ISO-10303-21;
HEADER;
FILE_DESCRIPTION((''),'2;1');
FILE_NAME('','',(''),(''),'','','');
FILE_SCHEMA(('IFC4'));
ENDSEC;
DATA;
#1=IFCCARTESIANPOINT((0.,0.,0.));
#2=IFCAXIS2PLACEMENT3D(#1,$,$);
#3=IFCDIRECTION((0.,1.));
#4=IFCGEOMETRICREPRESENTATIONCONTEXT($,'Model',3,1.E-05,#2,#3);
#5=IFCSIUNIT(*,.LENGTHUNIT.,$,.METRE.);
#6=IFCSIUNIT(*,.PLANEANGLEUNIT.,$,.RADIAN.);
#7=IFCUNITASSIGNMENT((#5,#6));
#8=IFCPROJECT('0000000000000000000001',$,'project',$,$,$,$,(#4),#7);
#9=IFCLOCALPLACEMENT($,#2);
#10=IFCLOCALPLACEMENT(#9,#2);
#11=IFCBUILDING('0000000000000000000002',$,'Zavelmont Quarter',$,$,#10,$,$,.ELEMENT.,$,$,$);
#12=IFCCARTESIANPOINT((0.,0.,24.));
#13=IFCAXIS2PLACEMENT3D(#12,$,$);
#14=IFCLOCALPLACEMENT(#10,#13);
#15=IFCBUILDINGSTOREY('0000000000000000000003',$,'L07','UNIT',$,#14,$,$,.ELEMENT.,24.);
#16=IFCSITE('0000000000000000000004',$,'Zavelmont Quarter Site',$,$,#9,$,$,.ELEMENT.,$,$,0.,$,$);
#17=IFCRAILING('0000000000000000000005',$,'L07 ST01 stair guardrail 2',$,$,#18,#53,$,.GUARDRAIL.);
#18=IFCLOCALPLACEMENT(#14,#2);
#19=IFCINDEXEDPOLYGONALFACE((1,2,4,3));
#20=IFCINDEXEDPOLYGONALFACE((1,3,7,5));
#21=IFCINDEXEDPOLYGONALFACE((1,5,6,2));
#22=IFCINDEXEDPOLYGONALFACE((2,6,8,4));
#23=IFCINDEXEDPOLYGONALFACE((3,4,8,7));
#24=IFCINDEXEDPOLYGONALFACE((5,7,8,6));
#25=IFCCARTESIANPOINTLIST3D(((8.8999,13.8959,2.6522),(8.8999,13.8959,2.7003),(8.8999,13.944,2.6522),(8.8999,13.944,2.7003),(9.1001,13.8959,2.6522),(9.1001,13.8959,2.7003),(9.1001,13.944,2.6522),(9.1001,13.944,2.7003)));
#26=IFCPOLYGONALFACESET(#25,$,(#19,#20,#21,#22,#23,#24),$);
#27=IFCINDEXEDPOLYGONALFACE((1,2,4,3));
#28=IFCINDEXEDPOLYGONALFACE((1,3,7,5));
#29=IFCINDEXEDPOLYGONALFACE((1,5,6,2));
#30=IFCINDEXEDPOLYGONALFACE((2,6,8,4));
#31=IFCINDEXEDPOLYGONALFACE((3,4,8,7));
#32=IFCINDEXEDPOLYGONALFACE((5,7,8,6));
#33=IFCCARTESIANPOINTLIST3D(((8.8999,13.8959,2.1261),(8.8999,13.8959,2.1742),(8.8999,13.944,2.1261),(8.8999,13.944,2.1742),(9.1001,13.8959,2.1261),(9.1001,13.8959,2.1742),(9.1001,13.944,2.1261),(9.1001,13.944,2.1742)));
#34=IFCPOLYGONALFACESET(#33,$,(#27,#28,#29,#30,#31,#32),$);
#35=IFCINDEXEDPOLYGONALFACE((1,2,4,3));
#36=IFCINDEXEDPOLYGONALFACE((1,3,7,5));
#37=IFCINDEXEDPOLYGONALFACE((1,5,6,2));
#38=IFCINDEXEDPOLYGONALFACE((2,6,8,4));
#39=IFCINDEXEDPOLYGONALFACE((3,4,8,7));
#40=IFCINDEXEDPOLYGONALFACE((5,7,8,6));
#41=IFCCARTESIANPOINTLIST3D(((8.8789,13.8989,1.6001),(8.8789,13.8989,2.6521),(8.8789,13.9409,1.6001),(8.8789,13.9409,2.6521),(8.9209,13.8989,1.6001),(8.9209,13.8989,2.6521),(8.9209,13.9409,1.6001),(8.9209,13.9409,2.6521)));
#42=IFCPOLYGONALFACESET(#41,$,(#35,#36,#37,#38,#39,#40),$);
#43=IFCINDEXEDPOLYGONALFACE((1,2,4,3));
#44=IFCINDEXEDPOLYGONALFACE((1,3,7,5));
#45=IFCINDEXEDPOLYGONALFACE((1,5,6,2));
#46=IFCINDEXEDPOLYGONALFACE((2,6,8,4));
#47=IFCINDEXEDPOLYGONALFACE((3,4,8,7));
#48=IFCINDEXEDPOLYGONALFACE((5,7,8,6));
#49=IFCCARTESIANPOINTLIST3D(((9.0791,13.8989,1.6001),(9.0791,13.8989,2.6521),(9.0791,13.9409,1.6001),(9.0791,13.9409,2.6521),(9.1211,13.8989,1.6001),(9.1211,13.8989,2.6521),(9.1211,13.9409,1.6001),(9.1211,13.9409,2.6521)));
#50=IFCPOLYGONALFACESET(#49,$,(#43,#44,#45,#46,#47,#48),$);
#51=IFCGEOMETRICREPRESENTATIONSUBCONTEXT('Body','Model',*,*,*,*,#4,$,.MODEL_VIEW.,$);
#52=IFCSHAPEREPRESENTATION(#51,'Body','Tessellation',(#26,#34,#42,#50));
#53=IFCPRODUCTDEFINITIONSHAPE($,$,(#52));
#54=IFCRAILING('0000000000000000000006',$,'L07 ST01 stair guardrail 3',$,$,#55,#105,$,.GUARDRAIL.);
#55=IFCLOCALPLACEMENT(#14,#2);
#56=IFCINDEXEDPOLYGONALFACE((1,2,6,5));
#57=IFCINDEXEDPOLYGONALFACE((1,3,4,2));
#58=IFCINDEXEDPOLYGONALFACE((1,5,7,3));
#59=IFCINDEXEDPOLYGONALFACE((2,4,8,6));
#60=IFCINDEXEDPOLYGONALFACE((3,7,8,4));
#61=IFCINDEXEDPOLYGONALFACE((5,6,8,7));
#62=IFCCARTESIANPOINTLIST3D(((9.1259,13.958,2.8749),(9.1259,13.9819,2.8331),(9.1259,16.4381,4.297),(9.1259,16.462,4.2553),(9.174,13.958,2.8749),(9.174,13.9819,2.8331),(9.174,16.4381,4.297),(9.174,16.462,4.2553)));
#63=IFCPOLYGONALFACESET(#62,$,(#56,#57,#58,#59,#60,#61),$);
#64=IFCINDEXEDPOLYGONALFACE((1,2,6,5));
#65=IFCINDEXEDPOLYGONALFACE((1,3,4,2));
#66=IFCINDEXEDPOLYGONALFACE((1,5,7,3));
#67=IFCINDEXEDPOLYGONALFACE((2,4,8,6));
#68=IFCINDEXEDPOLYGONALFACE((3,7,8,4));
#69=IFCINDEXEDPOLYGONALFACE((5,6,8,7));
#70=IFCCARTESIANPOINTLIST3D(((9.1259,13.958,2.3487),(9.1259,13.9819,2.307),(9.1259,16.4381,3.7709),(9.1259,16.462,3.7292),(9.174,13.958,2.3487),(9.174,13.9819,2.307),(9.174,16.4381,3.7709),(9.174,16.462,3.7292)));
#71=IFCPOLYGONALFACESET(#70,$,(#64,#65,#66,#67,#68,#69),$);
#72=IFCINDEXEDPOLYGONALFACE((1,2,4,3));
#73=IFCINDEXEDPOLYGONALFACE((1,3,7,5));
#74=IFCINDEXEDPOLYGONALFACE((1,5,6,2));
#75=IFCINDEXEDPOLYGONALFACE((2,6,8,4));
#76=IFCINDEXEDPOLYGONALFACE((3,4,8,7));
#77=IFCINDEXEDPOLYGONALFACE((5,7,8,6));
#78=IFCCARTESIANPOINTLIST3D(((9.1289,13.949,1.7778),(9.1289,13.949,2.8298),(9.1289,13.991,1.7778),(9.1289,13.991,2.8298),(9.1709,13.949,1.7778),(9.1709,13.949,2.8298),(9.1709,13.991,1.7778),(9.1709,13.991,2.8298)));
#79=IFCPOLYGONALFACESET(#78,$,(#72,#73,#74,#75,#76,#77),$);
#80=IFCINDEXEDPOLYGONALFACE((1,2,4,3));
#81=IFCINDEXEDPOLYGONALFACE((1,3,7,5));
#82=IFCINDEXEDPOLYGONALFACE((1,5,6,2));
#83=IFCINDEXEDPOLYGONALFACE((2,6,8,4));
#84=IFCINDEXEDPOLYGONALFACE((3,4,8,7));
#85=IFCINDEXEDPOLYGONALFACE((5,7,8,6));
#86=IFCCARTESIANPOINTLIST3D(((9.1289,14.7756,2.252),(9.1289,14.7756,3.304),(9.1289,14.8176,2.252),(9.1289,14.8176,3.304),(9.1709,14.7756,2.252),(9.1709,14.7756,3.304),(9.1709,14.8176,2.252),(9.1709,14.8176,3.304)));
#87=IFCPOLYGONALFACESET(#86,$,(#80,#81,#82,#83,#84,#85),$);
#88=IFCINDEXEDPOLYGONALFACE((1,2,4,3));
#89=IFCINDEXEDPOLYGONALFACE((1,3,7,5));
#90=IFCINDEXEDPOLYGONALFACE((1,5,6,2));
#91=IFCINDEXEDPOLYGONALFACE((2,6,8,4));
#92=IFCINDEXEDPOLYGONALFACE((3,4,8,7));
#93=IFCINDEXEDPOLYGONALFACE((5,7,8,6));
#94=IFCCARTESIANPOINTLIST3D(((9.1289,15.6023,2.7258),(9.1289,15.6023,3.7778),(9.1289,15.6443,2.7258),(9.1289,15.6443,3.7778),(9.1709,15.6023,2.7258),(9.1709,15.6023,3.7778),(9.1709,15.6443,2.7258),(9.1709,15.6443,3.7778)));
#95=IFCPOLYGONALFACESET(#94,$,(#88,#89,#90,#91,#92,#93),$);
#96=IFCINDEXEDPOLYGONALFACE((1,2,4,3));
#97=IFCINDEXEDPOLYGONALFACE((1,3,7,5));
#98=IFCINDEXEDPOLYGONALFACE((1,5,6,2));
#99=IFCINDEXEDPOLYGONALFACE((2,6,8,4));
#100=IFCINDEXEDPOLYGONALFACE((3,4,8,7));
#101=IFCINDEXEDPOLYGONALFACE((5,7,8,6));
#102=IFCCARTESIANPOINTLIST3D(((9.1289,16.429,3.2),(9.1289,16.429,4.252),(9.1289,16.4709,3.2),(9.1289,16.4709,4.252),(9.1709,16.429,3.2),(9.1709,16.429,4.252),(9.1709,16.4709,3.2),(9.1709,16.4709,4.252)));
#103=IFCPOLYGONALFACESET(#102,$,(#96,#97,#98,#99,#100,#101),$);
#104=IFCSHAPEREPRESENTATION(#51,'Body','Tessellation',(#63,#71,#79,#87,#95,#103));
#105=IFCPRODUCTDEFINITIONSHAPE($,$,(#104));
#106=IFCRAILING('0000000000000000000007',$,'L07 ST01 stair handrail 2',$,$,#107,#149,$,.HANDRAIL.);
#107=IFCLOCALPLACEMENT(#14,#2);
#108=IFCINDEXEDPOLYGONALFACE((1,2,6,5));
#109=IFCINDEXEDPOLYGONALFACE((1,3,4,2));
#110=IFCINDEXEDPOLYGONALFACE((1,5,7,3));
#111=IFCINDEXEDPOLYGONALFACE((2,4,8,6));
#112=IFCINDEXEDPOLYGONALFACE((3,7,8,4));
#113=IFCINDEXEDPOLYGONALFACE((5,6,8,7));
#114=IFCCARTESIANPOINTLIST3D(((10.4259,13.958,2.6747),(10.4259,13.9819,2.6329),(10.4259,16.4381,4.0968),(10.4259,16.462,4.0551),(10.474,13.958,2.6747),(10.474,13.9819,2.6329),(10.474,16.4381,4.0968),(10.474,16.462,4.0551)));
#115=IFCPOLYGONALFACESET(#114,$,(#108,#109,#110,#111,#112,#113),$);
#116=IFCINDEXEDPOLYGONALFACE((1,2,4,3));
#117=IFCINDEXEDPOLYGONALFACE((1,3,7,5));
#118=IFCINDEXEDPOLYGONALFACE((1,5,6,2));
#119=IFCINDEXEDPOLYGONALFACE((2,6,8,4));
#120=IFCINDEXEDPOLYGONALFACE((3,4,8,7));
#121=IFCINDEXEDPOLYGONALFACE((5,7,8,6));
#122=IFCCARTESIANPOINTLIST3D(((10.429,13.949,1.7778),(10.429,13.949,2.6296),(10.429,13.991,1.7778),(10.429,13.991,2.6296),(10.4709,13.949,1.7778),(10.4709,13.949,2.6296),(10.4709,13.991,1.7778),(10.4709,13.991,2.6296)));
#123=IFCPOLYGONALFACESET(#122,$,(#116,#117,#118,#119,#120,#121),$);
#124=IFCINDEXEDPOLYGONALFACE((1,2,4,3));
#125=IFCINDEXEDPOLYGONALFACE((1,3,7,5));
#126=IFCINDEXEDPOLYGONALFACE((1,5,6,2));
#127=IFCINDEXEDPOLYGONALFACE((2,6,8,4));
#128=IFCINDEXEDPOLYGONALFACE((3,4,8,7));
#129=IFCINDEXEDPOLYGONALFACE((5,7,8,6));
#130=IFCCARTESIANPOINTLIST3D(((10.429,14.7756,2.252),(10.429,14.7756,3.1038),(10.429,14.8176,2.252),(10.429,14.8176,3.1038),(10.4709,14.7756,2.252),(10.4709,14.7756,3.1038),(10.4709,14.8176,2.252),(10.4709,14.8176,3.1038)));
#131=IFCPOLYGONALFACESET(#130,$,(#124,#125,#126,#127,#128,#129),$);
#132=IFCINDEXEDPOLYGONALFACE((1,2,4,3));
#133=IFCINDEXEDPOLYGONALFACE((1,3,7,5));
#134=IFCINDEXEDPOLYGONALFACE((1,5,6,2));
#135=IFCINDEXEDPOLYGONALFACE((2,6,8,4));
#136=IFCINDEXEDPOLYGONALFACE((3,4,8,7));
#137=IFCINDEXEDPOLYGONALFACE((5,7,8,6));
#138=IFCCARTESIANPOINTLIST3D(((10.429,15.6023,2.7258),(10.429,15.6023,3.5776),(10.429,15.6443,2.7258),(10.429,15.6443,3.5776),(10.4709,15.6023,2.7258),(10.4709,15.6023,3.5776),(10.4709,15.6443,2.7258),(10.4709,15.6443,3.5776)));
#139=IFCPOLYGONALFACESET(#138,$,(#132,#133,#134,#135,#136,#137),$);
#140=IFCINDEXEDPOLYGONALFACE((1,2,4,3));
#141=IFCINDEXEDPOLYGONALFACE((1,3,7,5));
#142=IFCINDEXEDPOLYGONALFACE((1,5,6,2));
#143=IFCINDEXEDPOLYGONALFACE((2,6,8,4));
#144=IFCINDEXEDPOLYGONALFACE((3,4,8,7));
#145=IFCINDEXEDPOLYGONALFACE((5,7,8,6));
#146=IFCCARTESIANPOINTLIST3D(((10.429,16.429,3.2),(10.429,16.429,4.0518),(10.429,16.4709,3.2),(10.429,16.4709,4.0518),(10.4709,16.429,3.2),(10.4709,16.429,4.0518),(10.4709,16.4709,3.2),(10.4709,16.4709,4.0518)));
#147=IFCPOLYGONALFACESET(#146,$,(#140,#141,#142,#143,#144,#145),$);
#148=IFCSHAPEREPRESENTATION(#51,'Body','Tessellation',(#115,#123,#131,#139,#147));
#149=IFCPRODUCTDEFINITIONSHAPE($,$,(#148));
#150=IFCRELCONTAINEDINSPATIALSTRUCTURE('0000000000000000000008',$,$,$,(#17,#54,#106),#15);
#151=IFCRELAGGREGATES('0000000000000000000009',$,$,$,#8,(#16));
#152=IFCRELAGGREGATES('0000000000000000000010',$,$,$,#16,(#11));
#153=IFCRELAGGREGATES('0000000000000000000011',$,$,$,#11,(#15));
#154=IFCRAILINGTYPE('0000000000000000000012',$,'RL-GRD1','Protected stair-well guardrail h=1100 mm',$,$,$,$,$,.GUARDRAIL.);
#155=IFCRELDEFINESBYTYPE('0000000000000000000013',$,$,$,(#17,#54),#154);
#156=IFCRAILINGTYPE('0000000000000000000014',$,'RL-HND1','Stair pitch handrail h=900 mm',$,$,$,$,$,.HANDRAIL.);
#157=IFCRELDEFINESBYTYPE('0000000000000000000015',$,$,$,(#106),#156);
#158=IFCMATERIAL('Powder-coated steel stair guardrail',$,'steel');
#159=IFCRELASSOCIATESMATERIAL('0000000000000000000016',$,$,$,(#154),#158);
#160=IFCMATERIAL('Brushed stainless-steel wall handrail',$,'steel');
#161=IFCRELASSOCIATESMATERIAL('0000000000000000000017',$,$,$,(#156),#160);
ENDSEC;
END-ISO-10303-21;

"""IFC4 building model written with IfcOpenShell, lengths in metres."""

from ifc_helpers import new_model, si_unit, direction, frame, origin, origin_2d, place, context, subcontext, project, spatial, rectangle, extrude, material, type_object, element, save


model = new_model("IFC4")

# Units and contexts
model_context = context("Model", 3, precision=1e-05, world=origin(), true_north=direction((0.0, 1.0)))
body_context = subcontext(model_context, "Body", "Model", "MODEL_VIEW")
ifc_project = project(units=[si_unit("LENGTHUNIT", "METRE"), si_unit("PLANEANGLEUNIT", "RADIAN")], contexts=[model_context])

# Site, building, storey
site_placement = place(None, origin())
site = spatial("IfcSite", under=ifc_project, at=site_placement, Name="Zavelmont Quarter Site", CompositionType="ELEMENT", RefElevation=0.0)
building_placement = place(site_placement, origin())
building = spatial("IfcBuilding", under=site, at=building_placement, Name="Zavelmont Quarter", CompositionType="ELEMENT")
storey_placement = place(building_placement, frame((0.0, 0.0, 24.0)))
storey = spatial("IfcBuildingStorey", under=building, at=storey_placement, Name="L07", Description="UNIT", CompositionType="ELEMENT", Elevation=24.0)

# Railings
ifc_material_1 = material(Name="Powder-coated steel stair guardrail", Category="steel")
railing_type_1 = type_object("IfcRailingType", Name="RL-GRD1", Description="Protected stair-well guardrail h=1100 mm", PredefinedType="GUARDRAIL", material=ifc_material_1)
railing_1_placement = place(storey_placement, frame((8.8999, 13.9199, 1.6001)))
element("IfcRailing", 1, at=railing_1_placement, inside=storey, type_object=railing_type_1, Name="L07 ST01 stair guardrail 2", PredefinedType="GUARDRAIL", context=body_context, shape_type="SweptSolid", body=[
    extrude(rectangle(XDim=0.0481, YDim=0.0481, at=origin_2d()), frame((0.0, 0.0, 1.0762), z_axis=(1.0, 0.0, 0.0), x_axis=(0.0, 1.0, 0.0)), (0.0, 0.0, 1.0), 0.2002),
    extrude(rectangle(XDim=0.0481, YDim=0.0481, at=origin_2d()), frame((0.0, 0.0, 0.55), z_axis=(1.0, 0.0, 0.0), x_axis=(0.0, 1.0, 0.0)), (0.0, 0.0, 1.0), 0.2002),
    extrude(rectangle(XDim=0.042, YDim=0.042, at=origin_2d()), origin(), (0.0, 0.0, 1.0), 1.052),
    extrude(rectangle(XDim=0.042, YDim=0.042, at=origin_2d()), frame((0.2002, 0.0, 0.0)), (0.0, 0.0, 1.0), 1.052),
])
railing_2_placement = place(storey_placement, frame((9.1499, 13.97, 1.7778)))
element("IfcRailing", 2, at=railing_2_placement, inside=storey, type_object=railing_type_1, Name="L07 ST01 stair guardrail 3", PredefinedType="GUARDRAIL", context=body_context, shape_type="SweptSolid", body=[
    extrude(rectangle(XDim=0.0481, YDim=0.0481, at=origin_2d()), frame((0.0, 0.0, 1.0762), z_axis=(0.0, 0.867491, 0.497454), x_axis=(-1.0, 0.0, 0.0)), (0.0, 0.0, 1.0), 2.8589),
    extrude(rectangle(XDim=0.0481, YDim=0.0481, at=origin_2d()), frame((0.0, 0.0, 0.55), z_axis=(0.0, 0.867491, 0.497454), x_axis=(-1.0, 0.0, 0.0)), (0.0, 0.0, 1.0), 2.8589),
    extrude(rectangle(XDim=0.042, YDim=0.042, at=origin_2d()), origin(), (0.0, 0.0, 1.0), 1.052),
    extrude(rectangle(XDim=0.042, YDim=0.042, at=origin_2d()), frame((0.0, 0.8267, 0.4741)), (0.0, 0.0, 1.0), 1.052),
    extrude(rectangle(XDim=0.042, YDim=0.042, at=origin_2d()), frame((0.0, 1.6533, 0.948)), (0.0, 0.0, 1.0), 1.052),
    extrude(rectangle(XDim=0.042, YDim=0.042, at=origin_2d()), frame((0.0, 2.48, 1.4221)), (0.0, 0.0, 1.0), 1.052),
])
ifc_material_2 = material(Name="Brushed stainless-steel wall handrail", Category="steel")
railing_type_2 = type_object("IfcRailingType", Name="RL-HND1", Description="Stair pitch handrail h=900 mm", PredefinedType="HANDRAIL", material=ifc_material_2)
railing_3_placement = place(storey_placement, frame((10.45, 13.97, 1.7778)))
element("IfcRailing", 3, at=railing_3_placement, inside=storey, type_object=railing_type_2, Name="L07 ST01 stair handrail 2", PredefinedType="HANDRAIL", context=body_context, shape_type="SweptSolid", body=[
    extrude(rectangle(XDim=0.0481, YDim=0.0481, at=origin_2d()), frame((0.0, 0.0, 0.876), z_axis=(0.0, 0.867491, 0.497454), x_axis=(-1.0, 0.0, 0.0)), (0.0, 0.0, 1.0), 2.8589),
    extrude(rectangle(XDim=0.042, YDim=0.042, at=origin_2d()), origin(), (0.0, 0.0, 1.0), 0.8518),
    extrude(rectangle(XDim=0.042, YDim=0.042, at=origin_2d()), frame((0.0, 0.8267, 0.4741)), (0.0, 0.0, 1.0), 0.8518),
    extrude(rectangle(XDim=0.042, YDim=0.042, at=origin_2d()), frame((0.0, 1.6533, 0.948)), (0.0, 0.0, 1.0), 0.8518),
    extrude(rectangle(XDim=0.042, YDim=0.042, at=origin_2d()), frame((0.0, 2.48, 1.4221)), (0.0, 0.0, 1.0), 0.8518),
])

save(model, "model.ifc")
